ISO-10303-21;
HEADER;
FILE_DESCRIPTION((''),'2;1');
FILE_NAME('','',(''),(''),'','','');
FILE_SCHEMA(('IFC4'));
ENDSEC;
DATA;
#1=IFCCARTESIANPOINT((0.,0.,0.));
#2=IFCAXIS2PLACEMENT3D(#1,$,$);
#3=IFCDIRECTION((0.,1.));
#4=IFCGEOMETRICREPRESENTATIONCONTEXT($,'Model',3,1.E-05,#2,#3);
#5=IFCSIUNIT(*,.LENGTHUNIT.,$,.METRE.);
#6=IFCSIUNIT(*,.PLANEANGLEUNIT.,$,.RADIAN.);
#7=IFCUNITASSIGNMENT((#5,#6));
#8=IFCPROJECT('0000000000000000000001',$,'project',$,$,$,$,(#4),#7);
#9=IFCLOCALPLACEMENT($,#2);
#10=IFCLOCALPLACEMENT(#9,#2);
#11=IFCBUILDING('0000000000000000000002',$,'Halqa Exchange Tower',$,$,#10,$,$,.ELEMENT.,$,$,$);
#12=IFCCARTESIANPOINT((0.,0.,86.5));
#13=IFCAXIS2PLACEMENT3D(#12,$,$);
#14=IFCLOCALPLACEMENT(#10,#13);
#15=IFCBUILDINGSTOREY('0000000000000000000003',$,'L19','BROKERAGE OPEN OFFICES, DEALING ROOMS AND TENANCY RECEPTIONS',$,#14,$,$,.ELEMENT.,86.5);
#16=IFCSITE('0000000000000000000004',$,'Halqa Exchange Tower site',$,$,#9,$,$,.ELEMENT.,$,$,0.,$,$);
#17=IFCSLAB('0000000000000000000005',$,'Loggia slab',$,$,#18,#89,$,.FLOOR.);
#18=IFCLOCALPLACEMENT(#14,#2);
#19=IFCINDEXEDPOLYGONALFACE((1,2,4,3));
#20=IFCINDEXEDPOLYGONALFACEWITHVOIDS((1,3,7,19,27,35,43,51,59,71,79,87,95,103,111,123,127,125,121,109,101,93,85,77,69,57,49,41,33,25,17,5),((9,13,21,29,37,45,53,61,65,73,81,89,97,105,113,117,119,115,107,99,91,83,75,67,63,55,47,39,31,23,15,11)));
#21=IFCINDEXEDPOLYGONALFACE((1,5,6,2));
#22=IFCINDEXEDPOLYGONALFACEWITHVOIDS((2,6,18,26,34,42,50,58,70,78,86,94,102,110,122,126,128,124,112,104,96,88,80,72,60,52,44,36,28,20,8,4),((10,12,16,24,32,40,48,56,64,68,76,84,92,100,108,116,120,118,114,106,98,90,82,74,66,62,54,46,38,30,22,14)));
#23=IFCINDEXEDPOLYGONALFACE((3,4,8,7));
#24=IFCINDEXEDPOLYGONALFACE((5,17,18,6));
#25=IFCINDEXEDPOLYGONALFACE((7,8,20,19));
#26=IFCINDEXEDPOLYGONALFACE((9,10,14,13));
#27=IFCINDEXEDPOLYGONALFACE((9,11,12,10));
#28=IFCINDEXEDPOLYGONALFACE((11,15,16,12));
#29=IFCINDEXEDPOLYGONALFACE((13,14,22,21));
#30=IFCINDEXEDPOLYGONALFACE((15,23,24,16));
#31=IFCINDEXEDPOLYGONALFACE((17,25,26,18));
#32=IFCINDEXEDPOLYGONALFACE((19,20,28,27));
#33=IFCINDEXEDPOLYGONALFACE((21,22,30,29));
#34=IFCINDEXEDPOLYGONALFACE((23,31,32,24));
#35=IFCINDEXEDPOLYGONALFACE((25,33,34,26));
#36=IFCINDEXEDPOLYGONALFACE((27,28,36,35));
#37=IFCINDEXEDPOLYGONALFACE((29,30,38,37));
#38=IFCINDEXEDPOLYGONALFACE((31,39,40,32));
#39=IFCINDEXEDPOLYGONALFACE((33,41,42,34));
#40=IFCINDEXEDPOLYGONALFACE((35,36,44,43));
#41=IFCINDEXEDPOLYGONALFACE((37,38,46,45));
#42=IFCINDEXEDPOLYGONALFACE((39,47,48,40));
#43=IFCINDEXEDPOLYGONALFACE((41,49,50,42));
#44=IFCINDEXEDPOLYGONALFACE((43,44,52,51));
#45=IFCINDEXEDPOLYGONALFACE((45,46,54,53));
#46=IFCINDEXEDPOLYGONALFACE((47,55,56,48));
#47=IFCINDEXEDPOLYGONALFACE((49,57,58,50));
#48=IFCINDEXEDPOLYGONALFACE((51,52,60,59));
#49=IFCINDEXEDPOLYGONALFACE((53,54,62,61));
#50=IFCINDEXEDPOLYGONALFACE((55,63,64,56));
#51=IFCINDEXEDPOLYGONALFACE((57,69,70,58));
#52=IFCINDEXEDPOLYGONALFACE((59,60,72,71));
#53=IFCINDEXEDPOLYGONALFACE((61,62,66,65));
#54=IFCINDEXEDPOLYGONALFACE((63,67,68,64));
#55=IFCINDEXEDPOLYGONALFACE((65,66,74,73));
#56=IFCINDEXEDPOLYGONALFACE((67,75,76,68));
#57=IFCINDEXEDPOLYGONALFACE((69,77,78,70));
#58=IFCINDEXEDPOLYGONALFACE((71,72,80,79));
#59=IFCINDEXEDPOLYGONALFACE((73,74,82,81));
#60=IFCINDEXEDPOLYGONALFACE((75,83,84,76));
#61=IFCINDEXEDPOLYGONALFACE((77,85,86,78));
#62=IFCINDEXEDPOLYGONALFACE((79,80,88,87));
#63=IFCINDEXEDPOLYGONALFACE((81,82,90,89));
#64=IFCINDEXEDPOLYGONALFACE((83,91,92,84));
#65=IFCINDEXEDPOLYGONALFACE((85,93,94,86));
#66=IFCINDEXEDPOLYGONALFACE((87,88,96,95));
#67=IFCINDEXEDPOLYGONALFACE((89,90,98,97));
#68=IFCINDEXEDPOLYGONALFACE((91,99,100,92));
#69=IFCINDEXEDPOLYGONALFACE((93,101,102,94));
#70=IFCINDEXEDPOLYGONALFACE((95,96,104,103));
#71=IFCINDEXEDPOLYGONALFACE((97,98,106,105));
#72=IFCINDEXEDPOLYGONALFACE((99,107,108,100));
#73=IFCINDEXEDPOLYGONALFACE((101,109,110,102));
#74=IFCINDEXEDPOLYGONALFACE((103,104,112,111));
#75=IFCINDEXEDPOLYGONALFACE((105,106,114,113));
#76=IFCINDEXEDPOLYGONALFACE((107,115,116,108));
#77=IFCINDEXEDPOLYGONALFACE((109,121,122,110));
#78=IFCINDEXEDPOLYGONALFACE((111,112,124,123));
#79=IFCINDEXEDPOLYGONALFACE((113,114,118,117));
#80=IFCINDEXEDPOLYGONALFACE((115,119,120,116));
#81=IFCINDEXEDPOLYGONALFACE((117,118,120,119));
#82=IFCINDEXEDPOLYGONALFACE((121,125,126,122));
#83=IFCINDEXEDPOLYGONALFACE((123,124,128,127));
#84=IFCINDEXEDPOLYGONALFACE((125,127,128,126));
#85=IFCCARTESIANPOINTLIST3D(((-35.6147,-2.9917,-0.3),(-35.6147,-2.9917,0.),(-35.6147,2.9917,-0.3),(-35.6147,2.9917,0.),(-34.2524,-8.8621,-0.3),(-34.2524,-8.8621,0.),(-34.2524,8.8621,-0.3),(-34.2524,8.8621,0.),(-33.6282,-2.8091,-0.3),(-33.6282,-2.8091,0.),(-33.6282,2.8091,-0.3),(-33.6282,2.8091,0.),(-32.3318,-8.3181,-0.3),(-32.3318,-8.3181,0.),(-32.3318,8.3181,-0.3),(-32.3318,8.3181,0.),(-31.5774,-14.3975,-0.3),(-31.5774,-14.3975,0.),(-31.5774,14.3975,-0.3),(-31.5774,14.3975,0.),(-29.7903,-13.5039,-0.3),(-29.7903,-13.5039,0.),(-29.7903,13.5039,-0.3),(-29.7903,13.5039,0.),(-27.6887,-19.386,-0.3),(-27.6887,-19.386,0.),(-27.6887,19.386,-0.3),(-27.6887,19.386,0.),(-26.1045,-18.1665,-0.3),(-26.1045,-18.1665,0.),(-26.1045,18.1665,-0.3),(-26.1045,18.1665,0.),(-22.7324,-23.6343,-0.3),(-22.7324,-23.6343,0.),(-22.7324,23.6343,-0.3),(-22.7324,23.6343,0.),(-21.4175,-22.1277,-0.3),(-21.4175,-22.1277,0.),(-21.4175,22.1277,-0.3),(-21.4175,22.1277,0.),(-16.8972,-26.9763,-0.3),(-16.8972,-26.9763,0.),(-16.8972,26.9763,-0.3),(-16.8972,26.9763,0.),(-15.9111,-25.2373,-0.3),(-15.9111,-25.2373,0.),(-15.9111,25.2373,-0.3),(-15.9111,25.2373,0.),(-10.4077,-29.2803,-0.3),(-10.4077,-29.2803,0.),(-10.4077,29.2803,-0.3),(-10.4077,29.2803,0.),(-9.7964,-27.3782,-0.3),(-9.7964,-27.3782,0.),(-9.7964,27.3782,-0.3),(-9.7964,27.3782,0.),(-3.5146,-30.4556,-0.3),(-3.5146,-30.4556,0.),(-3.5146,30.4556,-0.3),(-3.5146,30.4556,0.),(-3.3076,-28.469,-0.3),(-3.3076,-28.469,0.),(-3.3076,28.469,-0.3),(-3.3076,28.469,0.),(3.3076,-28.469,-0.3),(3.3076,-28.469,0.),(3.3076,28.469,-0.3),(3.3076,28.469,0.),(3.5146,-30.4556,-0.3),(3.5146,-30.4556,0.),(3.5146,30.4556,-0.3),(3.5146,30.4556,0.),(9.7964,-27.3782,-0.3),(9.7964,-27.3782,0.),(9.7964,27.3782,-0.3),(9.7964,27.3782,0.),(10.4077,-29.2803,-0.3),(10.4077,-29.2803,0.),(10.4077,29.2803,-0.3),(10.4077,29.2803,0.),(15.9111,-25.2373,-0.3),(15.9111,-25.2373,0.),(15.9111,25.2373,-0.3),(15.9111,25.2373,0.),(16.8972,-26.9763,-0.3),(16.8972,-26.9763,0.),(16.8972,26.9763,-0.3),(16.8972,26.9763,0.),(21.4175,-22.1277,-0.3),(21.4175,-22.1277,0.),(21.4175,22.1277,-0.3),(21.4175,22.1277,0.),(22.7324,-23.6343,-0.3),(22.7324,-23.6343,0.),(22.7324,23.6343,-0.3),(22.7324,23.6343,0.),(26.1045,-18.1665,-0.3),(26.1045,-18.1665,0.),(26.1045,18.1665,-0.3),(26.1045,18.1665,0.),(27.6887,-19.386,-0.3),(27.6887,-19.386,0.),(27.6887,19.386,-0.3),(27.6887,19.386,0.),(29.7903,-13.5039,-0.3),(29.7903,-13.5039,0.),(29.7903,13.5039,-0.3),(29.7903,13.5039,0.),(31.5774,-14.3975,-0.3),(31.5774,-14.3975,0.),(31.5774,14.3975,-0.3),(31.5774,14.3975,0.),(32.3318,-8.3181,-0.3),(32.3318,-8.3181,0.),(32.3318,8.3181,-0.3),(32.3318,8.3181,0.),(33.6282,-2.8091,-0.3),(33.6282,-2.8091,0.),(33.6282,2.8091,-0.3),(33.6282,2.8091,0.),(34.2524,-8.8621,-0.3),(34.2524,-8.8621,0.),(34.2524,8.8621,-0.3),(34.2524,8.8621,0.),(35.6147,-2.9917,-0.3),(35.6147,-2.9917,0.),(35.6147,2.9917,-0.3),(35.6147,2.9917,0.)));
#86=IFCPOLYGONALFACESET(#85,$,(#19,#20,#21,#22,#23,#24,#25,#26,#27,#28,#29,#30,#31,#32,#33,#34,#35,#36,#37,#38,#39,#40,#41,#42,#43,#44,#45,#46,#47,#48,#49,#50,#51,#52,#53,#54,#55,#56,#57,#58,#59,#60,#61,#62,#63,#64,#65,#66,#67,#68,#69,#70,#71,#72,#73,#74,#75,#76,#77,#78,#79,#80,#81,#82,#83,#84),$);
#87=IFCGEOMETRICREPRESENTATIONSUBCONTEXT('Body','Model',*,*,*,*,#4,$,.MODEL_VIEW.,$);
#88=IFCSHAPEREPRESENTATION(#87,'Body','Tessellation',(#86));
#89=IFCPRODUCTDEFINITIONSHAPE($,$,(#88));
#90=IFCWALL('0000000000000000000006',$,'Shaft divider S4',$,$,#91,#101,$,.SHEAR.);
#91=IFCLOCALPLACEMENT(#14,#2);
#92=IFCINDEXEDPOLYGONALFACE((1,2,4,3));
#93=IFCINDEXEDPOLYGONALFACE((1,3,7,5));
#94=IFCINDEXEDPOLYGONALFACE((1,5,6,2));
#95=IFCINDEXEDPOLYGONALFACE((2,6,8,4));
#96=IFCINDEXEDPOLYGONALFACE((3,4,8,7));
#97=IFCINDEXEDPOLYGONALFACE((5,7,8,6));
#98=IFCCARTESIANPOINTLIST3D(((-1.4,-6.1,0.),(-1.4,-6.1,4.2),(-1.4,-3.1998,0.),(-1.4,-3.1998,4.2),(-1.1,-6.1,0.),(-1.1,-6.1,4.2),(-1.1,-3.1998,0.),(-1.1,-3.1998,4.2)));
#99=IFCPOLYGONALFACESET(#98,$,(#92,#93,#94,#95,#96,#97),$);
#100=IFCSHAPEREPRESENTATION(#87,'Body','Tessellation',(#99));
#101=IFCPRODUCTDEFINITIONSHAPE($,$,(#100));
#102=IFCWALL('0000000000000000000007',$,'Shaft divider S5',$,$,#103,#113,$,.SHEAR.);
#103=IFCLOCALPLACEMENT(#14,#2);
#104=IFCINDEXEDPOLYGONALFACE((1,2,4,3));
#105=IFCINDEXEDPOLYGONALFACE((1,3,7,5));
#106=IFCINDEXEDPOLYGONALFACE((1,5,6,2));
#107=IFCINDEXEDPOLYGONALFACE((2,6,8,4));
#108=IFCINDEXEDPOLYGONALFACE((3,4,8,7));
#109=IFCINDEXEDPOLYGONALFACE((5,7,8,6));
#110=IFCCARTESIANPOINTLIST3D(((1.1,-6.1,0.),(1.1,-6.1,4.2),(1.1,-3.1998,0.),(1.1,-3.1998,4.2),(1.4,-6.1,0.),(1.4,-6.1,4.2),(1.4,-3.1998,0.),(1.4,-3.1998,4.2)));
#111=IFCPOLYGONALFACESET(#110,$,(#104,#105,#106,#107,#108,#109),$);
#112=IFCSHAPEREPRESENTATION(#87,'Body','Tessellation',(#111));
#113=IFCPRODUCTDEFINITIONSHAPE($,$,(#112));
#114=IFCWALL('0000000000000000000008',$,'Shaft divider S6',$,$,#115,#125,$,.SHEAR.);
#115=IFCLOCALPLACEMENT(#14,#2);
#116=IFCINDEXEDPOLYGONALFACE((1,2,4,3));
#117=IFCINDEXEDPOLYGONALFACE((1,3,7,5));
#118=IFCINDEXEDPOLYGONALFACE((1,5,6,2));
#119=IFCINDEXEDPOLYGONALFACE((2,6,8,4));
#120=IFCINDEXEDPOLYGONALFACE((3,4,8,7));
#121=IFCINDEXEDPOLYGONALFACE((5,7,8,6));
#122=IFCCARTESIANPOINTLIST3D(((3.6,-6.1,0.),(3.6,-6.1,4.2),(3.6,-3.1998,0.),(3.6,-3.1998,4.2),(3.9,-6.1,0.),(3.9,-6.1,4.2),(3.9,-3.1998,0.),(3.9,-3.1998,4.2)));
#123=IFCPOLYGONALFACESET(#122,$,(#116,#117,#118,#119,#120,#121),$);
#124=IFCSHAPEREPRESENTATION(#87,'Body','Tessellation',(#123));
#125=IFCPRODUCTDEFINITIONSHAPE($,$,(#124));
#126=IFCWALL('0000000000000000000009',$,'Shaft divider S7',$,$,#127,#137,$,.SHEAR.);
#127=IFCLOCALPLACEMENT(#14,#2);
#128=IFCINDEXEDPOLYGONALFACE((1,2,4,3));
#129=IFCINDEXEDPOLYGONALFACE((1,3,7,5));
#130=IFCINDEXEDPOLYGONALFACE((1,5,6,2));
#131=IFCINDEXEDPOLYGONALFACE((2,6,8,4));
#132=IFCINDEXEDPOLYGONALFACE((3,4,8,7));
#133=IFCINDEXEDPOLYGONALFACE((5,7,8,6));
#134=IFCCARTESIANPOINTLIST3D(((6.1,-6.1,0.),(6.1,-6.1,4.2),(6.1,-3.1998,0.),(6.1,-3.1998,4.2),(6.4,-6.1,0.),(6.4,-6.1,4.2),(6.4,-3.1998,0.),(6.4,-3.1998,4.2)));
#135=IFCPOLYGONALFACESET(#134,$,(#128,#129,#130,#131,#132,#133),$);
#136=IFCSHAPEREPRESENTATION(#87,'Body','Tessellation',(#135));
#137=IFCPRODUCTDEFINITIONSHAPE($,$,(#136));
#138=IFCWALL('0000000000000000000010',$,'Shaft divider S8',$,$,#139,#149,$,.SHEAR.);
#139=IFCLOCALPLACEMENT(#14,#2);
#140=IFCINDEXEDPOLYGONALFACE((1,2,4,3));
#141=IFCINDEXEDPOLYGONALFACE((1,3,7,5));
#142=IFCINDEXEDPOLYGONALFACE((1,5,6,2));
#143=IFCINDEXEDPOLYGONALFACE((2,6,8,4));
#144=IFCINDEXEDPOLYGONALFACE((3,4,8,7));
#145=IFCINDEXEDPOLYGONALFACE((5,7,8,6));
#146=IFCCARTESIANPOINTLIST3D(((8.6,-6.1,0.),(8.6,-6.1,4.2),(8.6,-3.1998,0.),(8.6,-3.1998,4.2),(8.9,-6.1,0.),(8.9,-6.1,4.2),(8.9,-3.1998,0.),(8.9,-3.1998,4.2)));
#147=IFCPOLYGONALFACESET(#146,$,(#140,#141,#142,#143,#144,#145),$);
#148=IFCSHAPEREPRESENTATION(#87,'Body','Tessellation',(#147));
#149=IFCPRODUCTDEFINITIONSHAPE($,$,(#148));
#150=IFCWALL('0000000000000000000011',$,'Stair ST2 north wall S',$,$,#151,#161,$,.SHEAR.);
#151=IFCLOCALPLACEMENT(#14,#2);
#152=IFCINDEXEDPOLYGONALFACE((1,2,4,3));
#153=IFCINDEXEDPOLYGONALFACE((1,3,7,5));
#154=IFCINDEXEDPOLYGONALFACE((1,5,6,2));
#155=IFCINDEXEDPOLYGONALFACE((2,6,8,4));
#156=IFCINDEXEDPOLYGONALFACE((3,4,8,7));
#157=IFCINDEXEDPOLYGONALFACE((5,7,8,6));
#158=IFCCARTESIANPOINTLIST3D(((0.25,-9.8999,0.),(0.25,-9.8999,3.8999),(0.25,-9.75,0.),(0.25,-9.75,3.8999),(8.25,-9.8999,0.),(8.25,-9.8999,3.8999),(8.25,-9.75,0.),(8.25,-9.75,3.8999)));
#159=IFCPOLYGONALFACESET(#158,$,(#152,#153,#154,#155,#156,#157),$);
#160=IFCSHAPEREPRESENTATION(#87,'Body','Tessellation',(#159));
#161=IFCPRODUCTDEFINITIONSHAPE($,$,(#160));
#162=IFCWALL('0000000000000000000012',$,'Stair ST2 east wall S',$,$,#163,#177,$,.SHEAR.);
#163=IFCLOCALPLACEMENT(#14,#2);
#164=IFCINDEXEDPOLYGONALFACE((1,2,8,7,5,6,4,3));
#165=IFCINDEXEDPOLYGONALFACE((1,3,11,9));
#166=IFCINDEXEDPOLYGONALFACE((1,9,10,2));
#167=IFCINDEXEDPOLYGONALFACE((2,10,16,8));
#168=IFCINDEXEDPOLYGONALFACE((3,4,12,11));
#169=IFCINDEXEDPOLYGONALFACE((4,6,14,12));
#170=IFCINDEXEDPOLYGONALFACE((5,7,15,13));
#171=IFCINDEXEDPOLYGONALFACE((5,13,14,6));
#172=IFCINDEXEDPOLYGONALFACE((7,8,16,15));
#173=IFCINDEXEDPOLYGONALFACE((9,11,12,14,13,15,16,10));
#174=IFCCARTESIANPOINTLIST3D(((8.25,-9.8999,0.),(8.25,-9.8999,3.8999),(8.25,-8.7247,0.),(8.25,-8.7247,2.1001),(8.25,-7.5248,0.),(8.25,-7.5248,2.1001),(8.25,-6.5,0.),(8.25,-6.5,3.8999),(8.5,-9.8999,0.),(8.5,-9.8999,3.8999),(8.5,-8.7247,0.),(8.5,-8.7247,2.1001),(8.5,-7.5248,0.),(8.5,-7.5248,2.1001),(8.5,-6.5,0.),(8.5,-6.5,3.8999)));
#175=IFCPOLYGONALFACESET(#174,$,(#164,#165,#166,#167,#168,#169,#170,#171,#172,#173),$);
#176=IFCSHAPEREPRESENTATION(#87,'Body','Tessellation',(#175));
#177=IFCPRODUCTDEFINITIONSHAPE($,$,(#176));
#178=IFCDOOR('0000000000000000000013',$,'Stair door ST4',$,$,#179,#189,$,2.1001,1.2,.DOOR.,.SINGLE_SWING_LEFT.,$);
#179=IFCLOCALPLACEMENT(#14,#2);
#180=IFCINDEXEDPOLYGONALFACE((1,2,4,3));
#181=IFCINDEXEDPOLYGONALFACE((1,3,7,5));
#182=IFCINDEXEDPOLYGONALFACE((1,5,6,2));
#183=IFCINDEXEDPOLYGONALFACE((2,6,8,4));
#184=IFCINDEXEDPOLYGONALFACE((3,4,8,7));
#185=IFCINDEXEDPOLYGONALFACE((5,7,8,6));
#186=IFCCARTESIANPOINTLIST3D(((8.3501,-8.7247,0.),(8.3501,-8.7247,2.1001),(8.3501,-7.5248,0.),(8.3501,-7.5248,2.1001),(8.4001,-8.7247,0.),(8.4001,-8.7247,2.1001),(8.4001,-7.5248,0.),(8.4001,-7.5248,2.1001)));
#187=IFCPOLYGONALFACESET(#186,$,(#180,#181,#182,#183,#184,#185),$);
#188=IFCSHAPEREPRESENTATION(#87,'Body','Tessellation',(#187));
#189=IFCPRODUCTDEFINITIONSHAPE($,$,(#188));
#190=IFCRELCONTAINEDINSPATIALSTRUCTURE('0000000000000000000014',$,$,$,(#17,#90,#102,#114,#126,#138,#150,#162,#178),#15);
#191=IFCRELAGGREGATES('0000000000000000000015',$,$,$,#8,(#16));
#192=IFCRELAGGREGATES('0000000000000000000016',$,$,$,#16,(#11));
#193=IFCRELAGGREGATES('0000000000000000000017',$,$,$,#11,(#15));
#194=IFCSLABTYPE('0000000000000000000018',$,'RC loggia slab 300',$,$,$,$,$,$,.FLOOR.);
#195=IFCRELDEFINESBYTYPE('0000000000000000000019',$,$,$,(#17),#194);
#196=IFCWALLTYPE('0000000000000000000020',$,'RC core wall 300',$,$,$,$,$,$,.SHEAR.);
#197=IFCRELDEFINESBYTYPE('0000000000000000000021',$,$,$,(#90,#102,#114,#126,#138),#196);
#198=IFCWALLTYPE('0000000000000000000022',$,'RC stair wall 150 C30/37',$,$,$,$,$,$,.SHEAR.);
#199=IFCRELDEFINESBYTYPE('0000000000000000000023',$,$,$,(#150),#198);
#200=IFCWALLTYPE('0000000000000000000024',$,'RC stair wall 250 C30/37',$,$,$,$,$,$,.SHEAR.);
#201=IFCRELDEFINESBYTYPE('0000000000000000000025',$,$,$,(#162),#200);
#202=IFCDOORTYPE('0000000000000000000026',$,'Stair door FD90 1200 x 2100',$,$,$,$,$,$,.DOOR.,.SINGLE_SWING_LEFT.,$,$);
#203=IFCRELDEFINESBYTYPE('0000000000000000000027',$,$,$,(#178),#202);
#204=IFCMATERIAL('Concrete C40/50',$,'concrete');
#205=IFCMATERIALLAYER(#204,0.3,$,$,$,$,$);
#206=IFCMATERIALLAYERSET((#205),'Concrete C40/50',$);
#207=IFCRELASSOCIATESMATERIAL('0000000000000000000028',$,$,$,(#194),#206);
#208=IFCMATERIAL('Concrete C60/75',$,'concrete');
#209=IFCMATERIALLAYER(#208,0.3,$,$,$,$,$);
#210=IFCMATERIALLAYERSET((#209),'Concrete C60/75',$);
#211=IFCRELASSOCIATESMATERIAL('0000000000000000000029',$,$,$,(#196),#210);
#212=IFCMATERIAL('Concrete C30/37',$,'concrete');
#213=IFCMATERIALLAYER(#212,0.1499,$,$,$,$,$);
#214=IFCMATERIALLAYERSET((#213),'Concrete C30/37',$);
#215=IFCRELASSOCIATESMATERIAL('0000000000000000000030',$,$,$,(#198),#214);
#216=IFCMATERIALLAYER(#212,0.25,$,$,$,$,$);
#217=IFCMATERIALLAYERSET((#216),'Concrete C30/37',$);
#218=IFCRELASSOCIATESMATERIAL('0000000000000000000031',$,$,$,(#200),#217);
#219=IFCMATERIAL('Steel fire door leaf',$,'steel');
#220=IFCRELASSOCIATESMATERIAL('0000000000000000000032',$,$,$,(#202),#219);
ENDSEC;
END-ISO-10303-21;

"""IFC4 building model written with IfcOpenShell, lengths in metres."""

from ifc_helpers import new_model, si_unit, direction, frame, frame_2d, origin, place, context, subcontext, project, spatial, polyline, rectangle, outline, extrude, material, layer, layer_set, type_object, element, fill, save


model = new_model("IFC4")

# Units and contexts
model_context = context("Model", 3, precision=1e-05, world=origin(), true_north=direction((0.0, 1.0)))
body_context = subcontext(model_context, "Body", "Model", "MODEL_VIEW")
ifc_project = project(units=[si_unit("LENGTHUNIT", "METRE"), si_unit("PLANEANGLEUNIT", "RADIAN")], contexts=[model_context])

# Site, building, storey
site_placement = place(None, origin())
site = spatial("IfcSite", under=ifc_project, at=site_placement, Name="Halqa Exchange Tower site", CompositionType="ELEMENT", RefElevation=0.0)
building_placement = place(site_placement, origin())
building = spatial("IfcBuilding", under=site, at=building_placement, Name="Halqa Exchange Tower", CompositionType="ELEMENT")
storey_placement = place(building_placement, frame((0.0, 0.0, 86.5)))
storey = spatial("IfcBuildingStorey", under=building, at=storey_placement, Name="L19", Description="BROKERAGE OPEN OFFICES, DEALING ROOMS AND TENANCY RECEPTIONS", CompositionType="ELEMENT", Elevation=86.5)

# Slab
ifc_material_1 = material(Name="Concrete C40/50", Category="concrete")
ifc_layer_1 = layer(ifc_material_1, 0.3)
ifc_layer_set_1 = layer_set([ifc_layer_1], Name="Concrete C40/50")
slab_type_1 = type_object("IfcSlabType", Name="RC loggia slab 300", PredefinedType="FLOOR", material=ifc_layer_set_1)
slab_1_placement = place(storey_placement, frame((0.0, 0.0, -0.3)))
element("IfcSlab", 1, at=slab_1_placement, inside=storey, type_object=slab_type_1, Name="Loggia slab", PredefinedType="FLOOR", context=body_context, shape_type="SweptSolid", body=[
    extrude(outline(polyline([(35.6147, 2.9917), (35.6147, -2.9917), (34.2524, -8.8621), (31.5774, -14.3975), (27.6887, -19.386), (22.7324, -23.6343), (16.8972, -26.9763), (10.4077, -29.2803), (3.5146, -30.4556), (-3.5146, -30.4556), (-10.4077, -29.2803), (-16.8972, -26.9763), (-22.7324, -23.6343), (-27.6887, -19.386), (-31.5774, -14.3975), (-34.2524, -8.8621), (-35.6147, -2.9917), (-35.6147, 2.9917), (-34.2524, 8.8621), (-31.5774, 14.3975), (-27.6887, 19.386), (-22.7324, 23.6343), (-16.8972, 26.9763), (-10.4077, 29.2803), (-3.5146, 30.4556), (3.5146, 30.4556), (10.4077, 29.2803), (16.8972, 26.9763), (22.7324, 23.6343), (27.6887, 19.386), (31.5774, 14.3975), (34.2524, 8.8621), (35.6147, 2.9917)]), holes=[polyline([(33.6282, 2.8091), (32.3318, 8.3181), (29.7903, 13.5039), (26.1045, 18.1665), (21.4175, 22.1277), (15.9111, 25.2373), (9.7964, 27.3782), (3.3076, 28.469), (-3.3076, 28.469), (-9.7964, 27.3782), (-15.9111, 25.2373), (-21.4175, 22.1277), (-26.1045, 18.1665), (-29.7903, 13.5039), (-32.3318, 8.3181), (-33.6282, 2.8091), (-33.6282, -2.8091), (-32.3318, -8.3181), (-29.7903, -13.5039), (-26.1045, -18.1665), (-21.4175, -22.1277), (-15.9111, -25.2373), (-9.7964, -27.3782), (-3.3076, -28.469), (3.3076, -28.469), (9.7964, -27.3782), (15.9111, -25.2373), (21.4175, -22.1277), (26.1045, -18.1665), (29.7903, -13.5039), (32.3318, -8.3181), (33.6282, -2.8091), (33.6282, 2.8091)])]), origin(), (0.0, 0.0, 1.0), 0.3),
])

# Walls
ifc_material_2 = material(Name="Concrete C60/75", Category="concrete")
ifc_layer_2 = layer(ifc_material_2, 0.3)
ifc_layer_set_2 = layer_set([ifc_layer_2], Name="Concrete C60/75")
wall_type_1 = type_object("IfcWallType", Name="RC core wall 300", PredefinedType="SHEAR", material=ifc_layer_set_2)
for number, where, z_axis, x_axis, name in (
    (2, (-1.25, -6.1001, 0.0), (0.0, 0.0, 1.0), (0.0, 1.0, 0.0), "Shaft divider S4"),
    (3, (1.25, -6.1001, 0.0), (0.0, 0.0, 1.0), (0.0, 1.0, 0.0), "Shaft divider S5"),
    (4, (3.75, -6.1001, 0.0), (0.0, 0.0, 1.0), (0.0, 1.0, 0.0), "Shaft divider S6"),
    (5, (6.25, -6.1001, 0.0), (0.0, 0.0, 1.0), (0.0, 1.0, 0.0), "Shaft divider S7"),
    (6, (8.75, -6.1001, 0.0), (0.0, 0.0, 1.0), (0.0, 1.0, 0.0), "Shaft divider S8"),
):
    element("IfcWall", number, at=place(storey_placement, frame(where, z_axis=z_axis, x_axis=x_axis)), inside=storey, type_object=wall_type_1, Name=name, PredefinedType="SHEAR", context=body_context, shape_type="SweptSolid", body=[
        extrude(rectangle(XDim=2.9001, YDim=0.3, at=frame_2d((1.4502, 0.0))), origin(), (0.0, 0.0, 1.0), 4.2),
    ])
ifc_material_3 = material(Name="Concrete C30/37", Category="concrete")
ifc_layer_3 = layer(ifc_material_3, 0.1499)
ifc_layer_set_3 = layer_set([ifc_layer_3], Name="Concrete C30/37")
wall_type_2 = type_object("IfcWallType", Name="RC stair wall 150 C30/37", PredefinedType="SHEAR", material=ifc_layer_set_3)
wall_1_placement = place(storey_placement, frame((0.25, -9.825, 0.0), z_axis=(0.0, 0.0, 1.0), x_axis=(1.0, 0.0, 0.0)))
element("IfcWall", 7, at=wall_1_placement, inside=storey, type_object=wall_type_2, Name="Stair ST2 north wall S", PredefinedType="SHEAR", context=body_context, shape_type="SweptSolid", body=[
    extrude(rectangle(XDim=8.0, YDim=0.1499, at=frame_2d((4.0, 0.0))), origin(), (0.0, 0.0, 1.0), 3.8999),
])

# Wall, opening, door
ifc_layer_4 = layer(ifc_material_3, 0.25)
ifc_layer_set_4 = layer_set([ifc_layer_4], Name="Concrete C30/37")
wall_type_3 = type_object("IfcWallType", Name="RC stair wall 250 C30/37", PredefinedType="SHEAR", material=ifc_layer_set_4)
wall_2_placement = place(storey_placement, frame((8.375, -9.8999, 0.0), z_axis=(0.0, 0.0, 1.0), x_axis=(0.0, 1.0, 0.0)))
wall_2 = element("IfcWall", 8, at=wall_2_placement, inside=storey, type_object=wall_type_3, Name="Stair ST2 east wall S", PredefinedType="SHEAR", context=body_context, shape_type="SweptSolid", body=[
    extrude(rectangle(XDim=3.3999, YDim=0.25, at=frame_2d((1.7, 0.0))), origin(), (0.0, 0.0, 1.0), 3.8999),
])
opening_placement = place(wall_2_placement, frame((1.175, 0.0, 0.0)))
opening = element("IfcOpeningElement", 9, at=opening_placement, cuts=wall_2, PredefinedType="OPENING", context=body_context, shape_type="SweptSolid", body=[
    extrude(rectangle(XDim=1.2, YDim=2.1001, at=frame_2d((0.6001, 1.05))), frame((0.0, 0.137, 0.0), z_axis=(0.0, -1.0, 0.0), x_axis=(1.0, 0.0, 0.0)), (0.0, 0.0, 1.0), 0.2739),
])
ifc_material_4 = material(Name="Steel fire door leaf", Category="steel")
door_type = type_object("IfcDoorType", Name="Stair door FD90 1200 x 2100", OperationType="SINGLE_SWING_LEFT", PredefinedType="DOOR", material=ifc_material_4)
door_placement = place(opening_placement, origin())
door = element("IfcDoor", 10, at=door_placement, inside=storey, type_object=door_type, Name="Stair door ST4", OperationType="SINGLE_SWING_LEFT", OverallHeight=2.1001, OverallWidth=1.2, PredefinedType="DOOR", context=body_context, shape_type="SweptSolid", body=[
    extrude(rectangle(XDim=1.2, YDim=2.1001, at=frame_2d((0.6001, 1.05))), frame((0.0, 0.0249, 0.0), z_axis=(0.0, -1.0, 0.0), x_axis=(1.0, 0.0, 0.0)), (0.0, 0.0, 1.0), 0.05),
])
fill(opening, door)

save(model, "model.ifc")
